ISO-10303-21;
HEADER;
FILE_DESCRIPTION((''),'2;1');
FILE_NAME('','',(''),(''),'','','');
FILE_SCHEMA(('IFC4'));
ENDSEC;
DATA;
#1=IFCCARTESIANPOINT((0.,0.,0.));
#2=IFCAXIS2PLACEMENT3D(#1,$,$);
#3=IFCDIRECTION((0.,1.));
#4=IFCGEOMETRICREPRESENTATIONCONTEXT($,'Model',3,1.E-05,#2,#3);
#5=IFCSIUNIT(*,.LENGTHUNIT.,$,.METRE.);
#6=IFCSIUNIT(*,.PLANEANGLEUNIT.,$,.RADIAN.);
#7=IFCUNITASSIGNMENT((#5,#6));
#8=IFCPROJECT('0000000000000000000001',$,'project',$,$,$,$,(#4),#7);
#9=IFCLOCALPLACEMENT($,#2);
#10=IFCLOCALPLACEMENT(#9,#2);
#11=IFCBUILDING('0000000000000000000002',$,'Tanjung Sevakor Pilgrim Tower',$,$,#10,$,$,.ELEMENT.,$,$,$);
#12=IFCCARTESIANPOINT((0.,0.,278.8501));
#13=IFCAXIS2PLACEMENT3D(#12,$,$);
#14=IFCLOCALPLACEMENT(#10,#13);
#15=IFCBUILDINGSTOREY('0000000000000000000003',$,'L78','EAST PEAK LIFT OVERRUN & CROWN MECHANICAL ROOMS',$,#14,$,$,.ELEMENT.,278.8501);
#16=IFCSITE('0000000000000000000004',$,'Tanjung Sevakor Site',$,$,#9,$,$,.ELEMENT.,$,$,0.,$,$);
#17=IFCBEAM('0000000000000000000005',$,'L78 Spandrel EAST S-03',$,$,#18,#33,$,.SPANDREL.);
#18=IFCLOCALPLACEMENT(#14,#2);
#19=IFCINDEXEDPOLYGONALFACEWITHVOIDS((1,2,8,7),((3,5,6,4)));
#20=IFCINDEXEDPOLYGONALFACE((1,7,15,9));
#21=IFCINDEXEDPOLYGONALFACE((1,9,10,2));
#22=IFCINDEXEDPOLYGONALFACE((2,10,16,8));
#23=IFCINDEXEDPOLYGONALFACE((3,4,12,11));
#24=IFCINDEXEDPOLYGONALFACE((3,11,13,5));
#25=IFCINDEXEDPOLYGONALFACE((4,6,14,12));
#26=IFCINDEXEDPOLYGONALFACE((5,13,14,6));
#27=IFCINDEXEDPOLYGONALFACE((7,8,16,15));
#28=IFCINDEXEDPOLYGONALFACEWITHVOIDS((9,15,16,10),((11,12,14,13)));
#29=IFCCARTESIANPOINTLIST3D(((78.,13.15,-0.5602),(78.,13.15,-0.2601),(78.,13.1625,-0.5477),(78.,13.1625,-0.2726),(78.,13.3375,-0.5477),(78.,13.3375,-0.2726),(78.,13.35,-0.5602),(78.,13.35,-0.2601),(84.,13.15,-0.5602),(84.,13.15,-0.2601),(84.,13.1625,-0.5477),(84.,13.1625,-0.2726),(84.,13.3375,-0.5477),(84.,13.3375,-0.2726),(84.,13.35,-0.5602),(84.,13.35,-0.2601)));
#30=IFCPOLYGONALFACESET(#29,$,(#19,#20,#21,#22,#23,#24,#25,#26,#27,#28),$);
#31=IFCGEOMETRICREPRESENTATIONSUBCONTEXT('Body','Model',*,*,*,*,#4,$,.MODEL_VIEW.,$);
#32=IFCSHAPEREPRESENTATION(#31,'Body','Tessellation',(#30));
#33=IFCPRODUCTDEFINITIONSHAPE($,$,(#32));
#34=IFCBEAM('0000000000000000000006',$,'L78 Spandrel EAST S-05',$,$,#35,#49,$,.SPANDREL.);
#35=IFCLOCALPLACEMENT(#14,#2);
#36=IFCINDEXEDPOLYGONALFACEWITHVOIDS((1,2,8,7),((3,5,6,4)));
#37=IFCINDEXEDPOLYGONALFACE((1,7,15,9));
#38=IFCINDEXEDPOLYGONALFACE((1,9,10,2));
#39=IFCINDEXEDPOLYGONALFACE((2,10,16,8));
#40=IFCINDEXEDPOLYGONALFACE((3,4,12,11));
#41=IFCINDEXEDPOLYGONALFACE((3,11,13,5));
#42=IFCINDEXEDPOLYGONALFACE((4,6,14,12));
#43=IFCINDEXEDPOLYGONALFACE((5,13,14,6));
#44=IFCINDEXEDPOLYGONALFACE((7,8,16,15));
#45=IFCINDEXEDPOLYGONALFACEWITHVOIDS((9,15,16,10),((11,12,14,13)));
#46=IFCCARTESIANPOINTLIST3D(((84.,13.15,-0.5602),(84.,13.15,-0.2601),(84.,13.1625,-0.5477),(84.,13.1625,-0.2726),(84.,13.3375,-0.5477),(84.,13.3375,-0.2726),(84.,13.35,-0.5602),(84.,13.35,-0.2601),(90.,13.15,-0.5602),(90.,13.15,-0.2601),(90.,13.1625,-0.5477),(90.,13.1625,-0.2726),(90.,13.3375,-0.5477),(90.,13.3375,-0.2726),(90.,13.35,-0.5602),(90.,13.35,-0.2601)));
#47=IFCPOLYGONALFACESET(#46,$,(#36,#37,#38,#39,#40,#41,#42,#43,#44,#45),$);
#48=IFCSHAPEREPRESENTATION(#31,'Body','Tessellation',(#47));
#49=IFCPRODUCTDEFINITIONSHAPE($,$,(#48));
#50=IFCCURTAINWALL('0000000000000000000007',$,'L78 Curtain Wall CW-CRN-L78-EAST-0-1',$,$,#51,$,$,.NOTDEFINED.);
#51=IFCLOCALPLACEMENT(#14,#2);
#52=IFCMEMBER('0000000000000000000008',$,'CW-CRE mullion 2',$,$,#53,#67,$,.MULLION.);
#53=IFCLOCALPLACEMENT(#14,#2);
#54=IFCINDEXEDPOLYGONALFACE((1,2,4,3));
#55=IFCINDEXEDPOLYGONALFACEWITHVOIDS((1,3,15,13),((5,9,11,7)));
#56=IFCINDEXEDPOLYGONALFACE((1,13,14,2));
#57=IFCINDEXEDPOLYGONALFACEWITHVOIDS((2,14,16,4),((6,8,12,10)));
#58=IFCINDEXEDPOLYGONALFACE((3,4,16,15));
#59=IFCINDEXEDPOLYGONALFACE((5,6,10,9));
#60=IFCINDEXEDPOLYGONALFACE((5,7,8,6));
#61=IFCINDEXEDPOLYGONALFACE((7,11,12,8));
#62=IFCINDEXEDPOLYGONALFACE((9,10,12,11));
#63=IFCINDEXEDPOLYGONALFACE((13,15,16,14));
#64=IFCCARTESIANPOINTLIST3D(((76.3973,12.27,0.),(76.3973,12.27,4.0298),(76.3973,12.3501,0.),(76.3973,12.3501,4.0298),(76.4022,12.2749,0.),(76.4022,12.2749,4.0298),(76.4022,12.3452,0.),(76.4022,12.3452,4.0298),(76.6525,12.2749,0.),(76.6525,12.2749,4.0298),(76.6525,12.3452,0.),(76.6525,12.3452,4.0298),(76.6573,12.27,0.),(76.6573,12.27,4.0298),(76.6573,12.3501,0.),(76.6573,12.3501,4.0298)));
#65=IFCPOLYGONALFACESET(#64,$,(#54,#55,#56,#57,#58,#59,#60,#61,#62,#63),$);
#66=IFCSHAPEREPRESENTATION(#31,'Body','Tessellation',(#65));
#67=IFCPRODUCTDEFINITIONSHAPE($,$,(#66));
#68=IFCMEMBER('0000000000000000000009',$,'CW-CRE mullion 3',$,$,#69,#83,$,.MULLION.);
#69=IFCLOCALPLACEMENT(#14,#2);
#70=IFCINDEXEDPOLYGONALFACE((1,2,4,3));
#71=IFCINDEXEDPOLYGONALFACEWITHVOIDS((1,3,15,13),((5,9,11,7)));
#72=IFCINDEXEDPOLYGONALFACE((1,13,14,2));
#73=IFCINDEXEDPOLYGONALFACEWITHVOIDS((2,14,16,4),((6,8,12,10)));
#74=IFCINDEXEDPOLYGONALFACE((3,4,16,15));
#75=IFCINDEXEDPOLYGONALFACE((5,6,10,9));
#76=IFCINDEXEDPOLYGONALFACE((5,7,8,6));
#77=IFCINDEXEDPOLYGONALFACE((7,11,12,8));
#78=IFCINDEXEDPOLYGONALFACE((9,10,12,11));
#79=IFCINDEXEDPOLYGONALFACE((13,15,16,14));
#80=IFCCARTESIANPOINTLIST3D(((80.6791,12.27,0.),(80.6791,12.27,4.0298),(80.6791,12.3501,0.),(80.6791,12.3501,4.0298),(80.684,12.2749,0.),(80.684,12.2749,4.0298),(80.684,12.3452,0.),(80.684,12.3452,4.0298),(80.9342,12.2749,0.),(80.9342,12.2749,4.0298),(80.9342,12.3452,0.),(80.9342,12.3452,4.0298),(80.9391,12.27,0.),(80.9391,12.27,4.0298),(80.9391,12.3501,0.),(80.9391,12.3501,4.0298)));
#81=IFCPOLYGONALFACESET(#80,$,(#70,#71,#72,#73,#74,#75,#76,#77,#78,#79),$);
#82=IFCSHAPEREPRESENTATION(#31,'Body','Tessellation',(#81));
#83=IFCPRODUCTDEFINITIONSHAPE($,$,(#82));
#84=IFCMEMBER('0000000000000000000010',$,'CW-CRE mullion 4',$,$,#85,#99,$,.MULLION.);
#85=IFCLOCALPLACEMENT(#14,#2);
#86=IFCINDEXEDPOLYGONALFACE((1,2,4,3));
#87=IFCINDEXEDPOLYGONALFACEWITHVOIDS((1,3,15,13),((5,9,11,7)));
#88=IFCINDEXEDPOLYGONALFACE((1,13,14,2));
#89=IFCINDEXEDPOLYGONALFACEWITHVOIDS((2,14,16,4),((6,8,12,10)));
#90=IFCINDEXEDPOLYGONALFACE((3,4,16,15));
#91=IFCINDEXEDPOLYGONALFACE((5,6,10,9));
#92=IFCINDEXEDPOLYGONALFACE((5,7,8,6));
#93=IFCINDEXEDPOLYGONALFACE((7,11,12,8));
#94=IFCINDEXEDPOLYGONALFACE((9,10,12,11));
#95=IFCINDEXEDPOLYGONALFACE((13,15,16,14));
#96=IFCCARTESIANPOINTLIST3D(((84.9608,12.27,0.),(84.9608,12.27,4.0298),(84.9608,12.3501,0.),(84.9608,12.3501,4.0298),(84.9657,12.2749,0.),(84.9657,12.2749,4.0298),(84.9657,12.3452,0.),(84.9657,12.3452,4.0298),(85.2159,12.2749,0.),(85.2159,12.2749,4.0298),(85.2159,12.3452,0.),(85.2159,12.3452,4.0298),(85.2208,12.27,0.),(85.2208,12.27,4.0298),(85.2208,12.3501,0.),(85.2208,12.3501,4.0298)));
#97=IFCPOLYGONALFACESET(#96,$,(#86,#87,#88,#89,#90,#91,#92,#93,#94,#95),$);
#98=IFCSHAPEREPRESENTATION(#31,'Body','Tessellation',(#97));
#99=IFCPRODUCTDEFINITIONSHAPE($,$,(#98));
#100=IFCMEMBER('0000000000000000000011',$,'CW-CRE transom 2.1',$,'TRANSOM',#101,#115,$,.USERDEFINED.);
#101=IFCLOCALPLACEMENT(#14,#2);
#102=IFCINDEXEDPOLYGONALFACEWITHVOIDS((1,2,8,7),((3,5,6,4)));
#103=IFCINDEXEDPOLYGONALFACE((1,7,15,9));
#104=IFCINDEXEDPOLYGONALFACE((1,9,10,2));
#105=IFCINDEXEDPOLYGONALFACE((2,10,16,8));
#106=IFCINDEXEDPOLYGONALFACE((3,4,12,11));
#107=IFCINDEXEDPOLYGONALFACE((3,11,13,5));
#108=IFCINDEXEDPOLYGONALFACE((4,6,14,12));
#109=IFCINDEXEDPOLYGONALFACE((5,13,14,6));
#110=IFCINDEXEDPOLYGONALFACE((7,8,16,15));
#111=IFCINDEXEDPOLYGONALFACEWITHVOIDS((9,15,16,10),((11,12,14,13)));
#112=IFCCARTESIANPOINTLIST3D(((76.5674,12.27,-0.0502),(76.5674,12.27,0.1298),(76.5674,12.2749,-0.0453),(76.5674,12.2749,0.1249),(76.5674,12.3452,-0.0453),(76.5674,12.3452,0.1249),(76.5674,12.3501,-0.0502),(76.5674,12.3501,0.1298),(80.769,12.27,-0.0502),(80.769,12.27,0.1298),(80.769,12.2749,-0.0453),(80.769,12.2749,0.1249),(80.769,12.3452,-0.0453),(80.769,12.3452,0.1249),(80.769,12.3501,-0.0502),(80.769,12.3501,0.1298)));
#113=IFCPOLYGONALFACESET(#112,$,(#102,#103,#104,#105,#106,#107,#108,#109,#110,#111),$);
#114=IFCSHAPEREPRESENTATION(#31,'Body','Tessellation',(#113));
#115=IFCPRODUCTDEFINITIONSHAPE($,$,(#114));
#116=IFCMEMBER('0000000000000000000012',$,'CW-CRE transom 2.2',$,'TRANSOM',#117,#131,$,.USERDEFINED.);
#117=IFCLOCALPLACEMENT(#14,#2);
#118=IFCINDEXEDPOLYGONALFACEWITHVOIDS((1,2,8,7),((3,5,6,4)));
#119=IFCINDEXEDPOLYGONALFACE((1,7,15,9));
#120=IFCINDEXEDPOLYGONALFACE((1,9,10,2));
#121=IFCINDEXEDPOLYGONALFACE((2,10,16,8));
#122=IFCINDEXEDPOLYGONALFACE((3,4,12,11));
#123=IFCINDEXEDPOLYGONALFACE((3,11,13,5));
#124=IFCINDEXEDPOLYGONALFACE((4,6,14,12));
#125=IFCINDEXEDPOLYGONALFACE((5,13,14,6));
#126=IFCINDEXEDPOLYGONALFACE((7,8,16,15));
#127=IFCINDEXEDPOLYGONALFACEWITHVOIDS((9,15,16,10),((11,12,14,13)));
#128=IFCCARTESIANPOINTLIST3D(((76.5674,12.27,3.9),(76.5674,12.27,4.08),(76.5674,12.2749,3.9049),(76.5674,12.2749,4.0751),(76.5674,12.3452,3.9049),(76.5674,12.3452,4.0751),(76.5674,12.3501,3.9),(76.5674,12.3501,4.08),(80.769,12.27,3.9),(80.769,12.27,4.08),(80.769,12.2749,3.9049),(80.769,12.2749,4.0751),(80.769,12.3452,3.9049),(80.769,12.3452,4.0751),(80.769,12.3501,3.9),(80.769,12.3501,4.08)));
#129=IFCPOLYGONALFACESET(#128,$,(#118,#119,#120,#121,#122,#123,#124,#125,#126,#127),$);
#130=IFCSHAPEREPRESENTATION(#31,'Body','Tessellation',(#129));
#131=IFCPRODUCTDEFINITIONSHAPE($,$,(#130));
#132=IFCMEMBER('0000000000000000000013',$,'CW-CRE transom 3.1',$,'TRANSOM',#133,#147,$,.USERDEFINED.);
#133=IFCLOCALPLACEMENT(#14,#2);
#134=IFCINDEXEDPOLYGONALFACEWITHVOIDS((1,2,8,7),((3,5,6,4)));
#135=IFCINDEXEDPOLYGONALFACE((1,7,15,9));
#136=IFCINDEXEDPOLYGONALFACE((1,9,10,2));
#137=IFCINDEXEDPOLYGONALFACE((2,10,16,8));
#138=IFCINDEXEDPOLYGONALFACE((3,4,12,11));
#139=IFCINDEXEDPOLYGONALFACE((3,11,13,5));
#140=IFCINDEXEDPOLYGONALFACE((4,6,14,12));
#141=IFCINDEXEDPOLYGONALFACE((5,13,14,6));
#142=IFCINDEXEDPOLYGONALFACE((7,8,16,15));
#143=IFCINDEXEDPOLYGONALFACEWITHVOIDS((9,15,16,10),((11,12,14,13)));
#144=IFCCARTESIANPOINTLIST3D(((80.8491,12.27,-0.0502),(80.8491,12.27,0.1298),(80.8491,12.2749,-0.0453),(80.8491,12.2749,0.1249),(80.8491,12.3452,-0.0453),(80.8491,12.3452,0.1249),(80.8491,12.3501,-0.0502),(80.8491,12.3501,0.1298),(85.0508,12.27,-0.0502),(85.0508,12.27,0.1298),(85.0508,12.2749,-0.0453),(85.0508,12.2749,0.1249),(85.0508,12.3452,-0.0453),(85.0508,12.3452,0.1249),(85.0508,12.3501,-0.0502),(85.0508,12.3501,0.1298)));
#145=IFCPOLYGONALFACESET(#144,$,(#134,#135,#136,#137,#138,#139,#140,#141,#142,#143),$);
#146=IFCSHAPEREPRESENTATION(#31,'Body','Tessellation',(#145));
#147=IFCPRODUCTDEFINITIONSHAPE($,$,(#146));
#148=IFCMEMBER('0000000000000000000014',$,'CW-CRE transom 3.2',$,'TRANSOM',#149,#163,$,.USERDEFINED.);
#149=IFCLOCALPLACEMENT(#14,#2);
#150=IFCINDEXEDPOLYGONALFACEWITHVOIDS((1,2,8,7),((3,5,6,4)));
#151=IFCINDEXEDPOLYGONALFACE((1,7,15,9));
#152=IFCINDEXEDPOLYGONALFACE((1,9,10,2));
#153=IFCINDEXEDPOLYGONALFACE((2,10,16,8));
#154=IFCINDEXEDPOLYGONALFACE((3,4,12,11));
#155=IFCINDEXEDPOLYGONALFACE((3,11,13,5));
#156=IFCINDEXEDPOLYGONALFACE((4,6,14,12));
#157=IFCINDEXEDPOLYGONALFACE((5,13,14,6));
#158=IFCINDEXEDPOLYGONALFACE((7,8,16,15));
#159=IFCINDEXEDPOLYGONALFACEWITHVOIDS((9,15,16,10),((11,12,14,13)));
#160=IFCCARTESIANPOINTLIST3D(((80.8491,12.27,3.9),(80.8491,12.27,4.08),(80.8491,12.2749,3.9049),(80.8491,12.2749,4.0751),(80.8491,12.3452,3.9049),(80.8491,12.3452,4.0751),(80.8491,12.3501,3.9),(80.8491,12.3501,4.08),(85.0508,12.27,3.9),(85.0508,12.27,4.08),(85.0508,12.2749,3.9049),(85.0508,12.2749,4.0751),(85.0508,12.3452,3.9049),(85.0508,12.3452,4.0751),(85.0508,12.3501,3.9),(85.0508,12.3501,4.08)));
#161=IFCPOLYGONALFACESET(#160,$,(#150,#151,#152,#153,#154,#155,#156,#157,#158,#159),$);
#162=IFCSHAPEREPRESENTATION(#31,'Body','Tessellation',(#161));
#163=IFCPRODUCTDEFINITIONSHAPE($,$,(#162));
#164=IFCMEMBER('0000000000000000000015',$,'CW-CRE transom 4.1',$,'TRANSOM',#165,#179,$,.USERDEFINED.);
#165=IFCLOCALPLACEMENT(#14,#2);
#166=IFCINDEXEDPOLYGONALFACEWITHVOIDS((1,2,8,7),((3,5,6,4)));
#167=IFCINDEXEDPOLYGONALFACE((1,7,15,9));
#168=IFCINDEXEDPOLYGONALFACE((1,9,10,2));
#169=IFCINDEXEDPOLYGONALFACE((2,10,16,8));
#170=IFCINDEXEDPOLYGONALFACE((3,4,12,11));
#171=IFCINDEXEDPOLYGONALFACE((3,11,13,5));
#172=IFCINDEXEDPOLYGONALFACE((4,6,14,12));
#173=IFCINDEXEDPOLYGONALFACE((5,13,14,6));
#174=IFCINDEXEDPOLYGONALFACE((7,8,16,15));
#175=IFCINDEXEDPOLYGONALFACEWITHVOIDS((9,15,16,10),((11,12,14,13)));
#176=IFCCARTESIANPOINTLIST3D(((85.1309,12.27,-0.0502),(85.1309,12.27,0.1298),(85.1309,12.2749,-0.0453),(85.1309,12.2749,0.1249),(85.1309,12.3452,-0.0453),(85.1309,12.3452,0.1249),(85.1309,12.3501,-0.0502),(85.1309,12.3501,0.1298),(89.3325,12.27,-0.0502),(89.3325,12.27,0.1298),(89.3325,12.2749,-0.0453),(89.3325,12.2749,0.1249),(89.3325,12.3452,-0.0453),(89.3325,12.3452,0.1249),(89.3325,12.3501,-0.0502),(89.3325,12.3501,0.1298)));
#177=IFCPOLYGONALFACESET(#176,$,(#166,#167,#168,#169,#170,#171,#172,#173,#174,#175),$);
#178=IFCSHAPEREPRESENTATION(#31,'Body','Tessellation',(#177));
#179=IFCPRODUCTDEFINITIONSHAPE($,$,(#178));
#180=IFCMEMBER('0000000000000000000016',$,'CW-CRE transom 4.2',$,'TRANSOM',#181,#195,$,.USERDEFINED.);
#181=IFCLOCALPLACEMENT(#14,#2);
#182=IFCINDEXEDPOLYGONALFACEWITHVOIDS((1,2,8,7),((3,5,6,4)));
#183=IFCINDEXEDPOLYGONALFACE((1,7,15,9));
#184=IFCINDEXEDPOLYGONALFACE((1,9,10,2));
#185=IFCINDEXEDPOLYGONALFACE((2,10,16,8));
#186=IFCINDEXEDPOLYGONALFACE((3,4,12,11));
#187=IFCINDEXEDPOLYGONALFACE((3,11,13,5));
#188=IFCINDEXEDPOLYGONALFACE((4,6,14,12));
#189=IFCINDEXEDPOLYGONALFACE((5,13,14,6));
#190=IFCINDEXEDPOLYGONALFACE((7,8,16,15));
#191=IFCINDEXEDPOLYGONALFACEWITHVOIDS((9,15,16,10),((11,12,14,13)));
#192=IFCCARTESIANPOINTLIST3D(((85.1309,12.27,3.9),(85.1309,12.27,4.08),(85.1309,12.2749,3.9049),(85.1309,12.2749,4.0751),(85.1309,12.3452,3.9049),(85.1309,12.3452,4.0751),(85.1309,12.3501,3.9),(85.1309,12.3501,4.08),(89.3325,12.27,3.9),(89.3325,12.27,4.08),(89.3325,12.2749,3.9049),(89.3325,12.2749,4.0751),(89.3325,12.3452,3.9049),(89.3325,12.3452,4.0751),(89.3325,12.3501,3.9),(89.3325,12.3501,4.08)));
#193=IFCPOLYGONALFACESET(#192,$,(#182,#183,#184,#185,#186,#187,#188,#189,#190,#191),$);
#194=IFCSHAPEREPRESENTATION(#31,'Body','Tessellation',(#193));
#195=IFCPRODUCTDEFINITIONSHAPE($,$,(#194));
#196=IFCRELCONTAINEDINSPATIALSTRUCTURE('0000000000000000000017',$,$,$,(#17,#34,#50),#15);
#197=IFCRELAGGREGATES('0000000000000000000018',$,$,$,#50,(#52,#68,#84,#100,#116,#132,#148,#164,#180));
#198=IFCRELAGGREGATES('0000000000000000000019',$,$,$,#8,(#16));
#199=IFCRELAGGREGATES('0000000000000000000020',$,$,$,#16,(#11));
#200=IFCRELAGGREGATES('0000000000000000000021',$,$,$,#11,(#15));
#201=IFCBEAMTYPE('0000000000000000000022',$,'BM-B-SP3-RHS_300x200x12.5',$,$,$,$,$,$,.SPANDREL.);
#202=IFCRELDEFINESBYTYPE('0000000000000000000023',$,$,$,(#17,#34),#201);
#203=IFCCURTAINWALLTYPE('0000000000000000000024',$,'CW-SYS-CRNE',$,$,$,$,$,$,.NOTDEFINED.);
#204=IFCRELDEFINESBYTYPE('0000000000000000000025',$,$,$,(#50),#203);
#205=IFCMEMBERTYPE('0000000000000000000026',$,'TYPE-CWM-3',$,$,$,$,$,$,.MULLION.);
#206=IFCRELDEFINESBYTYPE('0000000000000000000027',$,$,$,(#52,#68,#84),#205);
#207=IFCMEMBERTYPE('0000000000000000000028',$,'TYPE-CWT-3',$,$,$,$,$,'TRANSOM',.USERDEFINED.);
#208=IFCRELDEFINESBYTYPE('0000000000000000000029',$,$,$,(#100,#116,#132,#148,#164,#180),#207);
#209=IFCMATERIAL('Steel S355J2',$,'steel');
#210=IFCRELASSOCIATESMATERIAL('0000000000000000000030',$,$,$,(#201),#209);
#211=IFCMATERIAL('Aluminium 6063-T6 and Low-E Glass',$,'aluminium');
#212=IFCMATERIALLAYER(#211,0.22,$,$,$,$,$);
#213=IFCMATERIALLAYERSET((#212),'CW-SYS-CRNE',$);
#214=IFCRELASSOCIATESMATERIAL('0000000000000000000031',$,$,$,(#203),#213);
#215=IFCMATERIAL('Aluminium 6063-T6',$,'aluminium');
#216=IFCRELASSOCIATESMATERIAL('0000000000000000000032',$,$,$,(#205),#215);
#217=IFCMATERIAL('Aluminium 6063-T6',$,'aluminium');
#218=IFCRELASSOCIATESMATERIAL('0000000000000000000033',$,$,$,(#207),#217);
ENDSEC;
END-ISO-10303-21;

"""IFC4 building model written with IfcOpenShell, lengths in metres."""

from ifc_helpers import new_model, si_unit, direction, frame, origin, origin_2d, place, context, subcontext, project, spatial, hollow_rectangle, extrude, material, layer, layer_set, material_profile, profile_set, type_object, element, aggregate, save


model = new_model("IFC4")

# Units and contexts
model_context = context("Model", 3, precision=1e-05, world=origin(), true_north=direction((0.0, 1.0)))
body_context = subcontext(model_context, "Body", "Model", "MODEL_VIEW")
ifc_project = project(units=[si_unit("LENGTHUNIT", "METRE"), si_unit("PLANEANGLEUNIT", "RADIAN")], contexts=[model_context])

# Site, building, storey
site_placement = place(None, origin())
site = spatial("IfcSite", under=ifc_project, at=site_placement, Name="Tanjung Sevakor Site", CompositionType="ELEMENT", RefElevation=0.0)
building_placement = place(site_placement, origin())
building = spatial("IfcBuilding", under=site, at=building_placement, Name="Tanjung Sevakor Pilgrim Tower", CompositionType="ELEMENT")
storey_placement = place(building_placement, frame((0.0, 0.0, 278.8501)))
storey = spatial("IfcBuildingStorey", under=building, at=storey_placement, Name="L78", Description="EAST PEAK LIFT OVERRUN & CROWN MECHANICAL ROOMS", CompositionType="ELEMENT", Elevation=278.8501)

# Beams
ifc_material_1 = material(Name="Steel S355J2", Category="steel")
ifc_material_profile_1 = material_profile(ifc_material_1, hollow_rectangle(XDim=0.2, YDim=0.3, WallThickness=0.0125, at=origin_2d()))
ifc_profile_set_1 = profile_set([ifc_material_profile_1], Name="Steel S355J2")
beam_type_1 = type_object("IfcBeamType", Name="BM-B-SP3-RHS_300x200x12.5", PredefinedType="SPANDREL", material=ifc_profile_set_1)
for number, where, z_axis, x_axis, name in (
    (1, (78.0, 13.25, -0.4102), (1.0, 0.0, 0.0), (0.0, 1.0, 0.0), "L78 Spandrel EAST S-03"),
    (2, (84.0, 13.25, -0.4102), (1.0, 0.0, 0.0), (0.0, 1.0, 0.0), "L78 Spandrel EAST S-05"),
):
    element("IfcBeam", number, at=place(storey_placement, frame(where, z_axis=z_axis, x_axis=x_axis)), inside=storey, type_object=beam_type_1, Name=name, PredefinedType="SPANDREL", context=body_context, shape_type="SweptSolid", body=[
        extrude(hollow_rectangle(XDim=0.2, YDim=0.3, WallThickness=0.0125, at=origin_2d()), origin(), (0.0, 0.0, 1.0), 6.0),
    ])

# Curtain wall, members
ifc_material_2 = material(Name="Aluminium 6063-T6 and Low-E Glass", Category="aluminium")
ifc_layer_1 = layer(ifc_material_2, 0.22)
ifc_layer_set_1 = layer_set([ifc_layer_1], Name="CW-SYS-CRNE")
curtain_wall_type = type_object("IfcCurtainWallType", Name="CW-SYS-CRNE", PredefinedType="NOTDEFINED", material=ifc_layer_set_1)
curtain_wall_placement = place(storey_placement, origin())
curtain_wall = element("IfcCurtainWall", 3, at=curtain_wall_placement, inside=storey, type_object=curtain_wall_type, Name="L78 Curtain Wall CW-CRN-L78-EAST-0-1", PredefinedType="NOTDEFINED")
ifc_material_3 = material(Name="Aluminium 6063-T6", Category="aluminium")
ifc_material_profile_2 = material_profile(ifc_material_3, hollow_rectangle(XDim=0.0801, YDim=0.26, WallThickness=0.0049, at=origin_2d()))
ifc_profile_set_2 = profile_set([ifc_material_profile_2], Name="Aluminium 6063-T6")
member_type_1 = type_object("IfcMemberType", Name="TYPE-CWM-3", PredefinedType="MULLION", material=ifc_profile_set_2)
member_1_placement = place(storey_placement, frame((76.5273, 12.3101, 0.0), z_axis=(0.0, 0.0, 1.0), x_axis=(0.0, 1.0, 0.0)))
member_1 = element("IfcMember", 4, at=member_1_placement, type_object=member_type_1, Name="CW-CRE mullion 2", PredefinedType="MULLION", context=body_context, shape_type="SweptSolid", body=[
    extrude(hollow_rectangle(XDim=0.0801, YDim=0.26, WallThickness=0.0049, at=origin_2d()), origin(), (0.0, 0.0, 1.0), 4.0298),
])
member_2_placement = place(storey_placement, frame((80.8091, 12.3101, 0.0), z_axis=(0.0, 0.0, 1.0), x_axis=(0.0, 1.0, 0.0)))
member_2 = element("IfcMember", 5, at=member_2_placement, type_object=member_type_1, Name="CW-CRE mullion 3", PredefinedType="MULLION", context=body_context, shape_type="SweptSolid", body=[
    extrude(hollow_rectangle(XDim=0.0801, YDim=0.26, WallThickness=0.0049, at=origin_2d()), origin(), (0.0, 0.0, 1.0), 4.0298),
])
member_3_placement = place(storey_placement, frame((85.0908, 12.3101, 0.0), z_axis=(0.0, 0.0, 1.0), x_axis=(0.0, 1.0, 0.0)))
member_3 = element("IfcMember", 6, at=member_3_placement, type_object=member_type_1, Name="CW-CRE mullion 4", PredefinedType="MULLION", context=body_context, shape_type="SweptSolid", body=[
    extrude(hollow_rectangle(XDim=0.0801, YDim=0.26, WallThickness=0.0049, at=origin_2d()), origin(), (0.0, 0.0, 1.0), 4.0298),
])
ifc_material_4 = material(Name="Aluminium 6063-T6", Category="aluminium")
ifc_material_profile_3 = material_profile(ifc_material_4, hollow_rectangle(XDim=0.0801, YDim=0.1799, WallThickness=0.0049, at=origin_2d()))
ifc_profile_set_3 = profile_set([ifc_material_profile_3], Name="Aluminium 6063-T6")
member_type_2 = type_object("IfcMemberType", Name="TYPE-CWT-3", ElementType="TRANSOM", PredefinedType="USERDEFINED", material=ifc_profile_set_3)
member_4_placement = place(storey_placement, frame((76.5674, 12.3101, 0.0398), z_axis=(1.0, 0.0, 0.0), x_axis=(0.0, 1.0, 0.0)))
member_4 = element("IfcMember", 7, at=member_4_placement, type_object=member_type_2, Name="CW-CRE transom 2.1", ObjectType="TRANSOM", PredefinedType="USERDEFINED", context=body_context, shape_type="SweptSolid", body=[
    extrude(hollow_rectangle(XDim=0.0801, YDim=0.1799, WallThickness=0.0049, at=origin_2d()), origin(), (0.0, 0.0, 1.0), 4.2017),
])
member_5_placement = place(storey_placement, frame((76.5674, 12.3101, 3.99), z_axis=(1.0, 0.0, 0.0), x_axis=(0.0, 1.0, 0.0)))
member_5 = element("IfcMember", 8, at=member_5_placement, type_object=member_type_2, Name="CW-CRE transom 2.2", ObjectType="TRANSOM", PredefinedType="USERDEFINED", context=body_context, shape_type="SweptSolid", body=[
    extrude(hollow_rectangle(XDim=0.0801, YDim=0.1799, WallThickness=0.0049, at=origin_2d()), origin(), (0.0, 0.0, 1.0), 4.2017),
])
member_6_placement = place(storey_placement, frame((80.8491, 12.3101, 0.0398), z_axis=(1.0, 0.0, 0.0), x_axis=(0.0, 1.0, 0.0)))
member_6 = element("IfcMember", 9, at=member_6_placement, type_object=member_type_2, Name="CW-CRE transom 3.1", ObjectType="TRANSOM", PredefinedType="USERDEFINED", context=body_context, shape_type="SweptSolid", body=[
    extrude(hollow_rectangle(XDim=0.0801, YDim=0.1799, WallThickness=0.0049, at=origin_2d()), origin(), (0.0, 0.0, 1.0), 4.2017),
])
member_7_placement = place(storey_placement, frame((80.8491, 12.3101, 3.99), z_axis=(1.0, 0.0, 0.0), x_axis=(0.0, 1.0, 0.0)))
member_7 = element("IfcMember", 10, at=member_7_placement, type_object=member_type_2, Name="CW-CRE transom 3.2", ObjectType="TRANSOM", PredefinedType="USERDEFINED", context=body_context, shape_type="SweptSolid", body=[
    extrude(hollow_rectangle(XDim=0.0801, YDim=0.1799, WallThickness=0.0049, at=origin_2d()), origin(), (0.0, 0.0, 1.0), 4.2017),
])
member_8_placement = place(storey_placement, frame((85.1309, 12.3101, 0.0398), z_axis=(1.0, 0.0, 0.0), x_axis=(0.0, 1.0, 0.0)))
member_8 = element("IfcMember", 11, at=member_8_placement, type_object=member_type_2, Name="CW-CRE transom 4.1", ObjectType="TRANSOM", PredefinedType="USERDEFINED", context=body_context, shape_type="SweptSolid", body=[
    extrude(hollow_rectangle(XDim=0.0801, YDim=0.1799, WallThickness=0.0049, at=origin_2d()), origin(), (0.0, 0.0, 1.0), 4.2017),
])
member_9_placement = place(storey_placement, frame((85.1309, 12.3101, 3.99), z_axis=(1.0, 0.0, 0.0), x_axis=(0.0, 1.0, 0.0)))
member_9 = element("IfcMember", 12, at=member_9_placement, type_object=member_type_2, Name="CW-CRE transom 4.2", ObjectType="TRANSOM", PredefinedType="USERDEFINED", context=body_context, shape_type="SweptSolid", body=[
    extrude(hollow_rectangle(XDim=0.0801, YDim=0.1799, WallThickness=0.0049, at=origin_2d()), origin(), (0.0, 0.0, 1.0), 4.2017),
])
aggregate(curtain_wall, [member_1, member_2, member_3, member_4, member_5, member_6, member_7, member_8, member_9])

save(model, "model.ifc")
